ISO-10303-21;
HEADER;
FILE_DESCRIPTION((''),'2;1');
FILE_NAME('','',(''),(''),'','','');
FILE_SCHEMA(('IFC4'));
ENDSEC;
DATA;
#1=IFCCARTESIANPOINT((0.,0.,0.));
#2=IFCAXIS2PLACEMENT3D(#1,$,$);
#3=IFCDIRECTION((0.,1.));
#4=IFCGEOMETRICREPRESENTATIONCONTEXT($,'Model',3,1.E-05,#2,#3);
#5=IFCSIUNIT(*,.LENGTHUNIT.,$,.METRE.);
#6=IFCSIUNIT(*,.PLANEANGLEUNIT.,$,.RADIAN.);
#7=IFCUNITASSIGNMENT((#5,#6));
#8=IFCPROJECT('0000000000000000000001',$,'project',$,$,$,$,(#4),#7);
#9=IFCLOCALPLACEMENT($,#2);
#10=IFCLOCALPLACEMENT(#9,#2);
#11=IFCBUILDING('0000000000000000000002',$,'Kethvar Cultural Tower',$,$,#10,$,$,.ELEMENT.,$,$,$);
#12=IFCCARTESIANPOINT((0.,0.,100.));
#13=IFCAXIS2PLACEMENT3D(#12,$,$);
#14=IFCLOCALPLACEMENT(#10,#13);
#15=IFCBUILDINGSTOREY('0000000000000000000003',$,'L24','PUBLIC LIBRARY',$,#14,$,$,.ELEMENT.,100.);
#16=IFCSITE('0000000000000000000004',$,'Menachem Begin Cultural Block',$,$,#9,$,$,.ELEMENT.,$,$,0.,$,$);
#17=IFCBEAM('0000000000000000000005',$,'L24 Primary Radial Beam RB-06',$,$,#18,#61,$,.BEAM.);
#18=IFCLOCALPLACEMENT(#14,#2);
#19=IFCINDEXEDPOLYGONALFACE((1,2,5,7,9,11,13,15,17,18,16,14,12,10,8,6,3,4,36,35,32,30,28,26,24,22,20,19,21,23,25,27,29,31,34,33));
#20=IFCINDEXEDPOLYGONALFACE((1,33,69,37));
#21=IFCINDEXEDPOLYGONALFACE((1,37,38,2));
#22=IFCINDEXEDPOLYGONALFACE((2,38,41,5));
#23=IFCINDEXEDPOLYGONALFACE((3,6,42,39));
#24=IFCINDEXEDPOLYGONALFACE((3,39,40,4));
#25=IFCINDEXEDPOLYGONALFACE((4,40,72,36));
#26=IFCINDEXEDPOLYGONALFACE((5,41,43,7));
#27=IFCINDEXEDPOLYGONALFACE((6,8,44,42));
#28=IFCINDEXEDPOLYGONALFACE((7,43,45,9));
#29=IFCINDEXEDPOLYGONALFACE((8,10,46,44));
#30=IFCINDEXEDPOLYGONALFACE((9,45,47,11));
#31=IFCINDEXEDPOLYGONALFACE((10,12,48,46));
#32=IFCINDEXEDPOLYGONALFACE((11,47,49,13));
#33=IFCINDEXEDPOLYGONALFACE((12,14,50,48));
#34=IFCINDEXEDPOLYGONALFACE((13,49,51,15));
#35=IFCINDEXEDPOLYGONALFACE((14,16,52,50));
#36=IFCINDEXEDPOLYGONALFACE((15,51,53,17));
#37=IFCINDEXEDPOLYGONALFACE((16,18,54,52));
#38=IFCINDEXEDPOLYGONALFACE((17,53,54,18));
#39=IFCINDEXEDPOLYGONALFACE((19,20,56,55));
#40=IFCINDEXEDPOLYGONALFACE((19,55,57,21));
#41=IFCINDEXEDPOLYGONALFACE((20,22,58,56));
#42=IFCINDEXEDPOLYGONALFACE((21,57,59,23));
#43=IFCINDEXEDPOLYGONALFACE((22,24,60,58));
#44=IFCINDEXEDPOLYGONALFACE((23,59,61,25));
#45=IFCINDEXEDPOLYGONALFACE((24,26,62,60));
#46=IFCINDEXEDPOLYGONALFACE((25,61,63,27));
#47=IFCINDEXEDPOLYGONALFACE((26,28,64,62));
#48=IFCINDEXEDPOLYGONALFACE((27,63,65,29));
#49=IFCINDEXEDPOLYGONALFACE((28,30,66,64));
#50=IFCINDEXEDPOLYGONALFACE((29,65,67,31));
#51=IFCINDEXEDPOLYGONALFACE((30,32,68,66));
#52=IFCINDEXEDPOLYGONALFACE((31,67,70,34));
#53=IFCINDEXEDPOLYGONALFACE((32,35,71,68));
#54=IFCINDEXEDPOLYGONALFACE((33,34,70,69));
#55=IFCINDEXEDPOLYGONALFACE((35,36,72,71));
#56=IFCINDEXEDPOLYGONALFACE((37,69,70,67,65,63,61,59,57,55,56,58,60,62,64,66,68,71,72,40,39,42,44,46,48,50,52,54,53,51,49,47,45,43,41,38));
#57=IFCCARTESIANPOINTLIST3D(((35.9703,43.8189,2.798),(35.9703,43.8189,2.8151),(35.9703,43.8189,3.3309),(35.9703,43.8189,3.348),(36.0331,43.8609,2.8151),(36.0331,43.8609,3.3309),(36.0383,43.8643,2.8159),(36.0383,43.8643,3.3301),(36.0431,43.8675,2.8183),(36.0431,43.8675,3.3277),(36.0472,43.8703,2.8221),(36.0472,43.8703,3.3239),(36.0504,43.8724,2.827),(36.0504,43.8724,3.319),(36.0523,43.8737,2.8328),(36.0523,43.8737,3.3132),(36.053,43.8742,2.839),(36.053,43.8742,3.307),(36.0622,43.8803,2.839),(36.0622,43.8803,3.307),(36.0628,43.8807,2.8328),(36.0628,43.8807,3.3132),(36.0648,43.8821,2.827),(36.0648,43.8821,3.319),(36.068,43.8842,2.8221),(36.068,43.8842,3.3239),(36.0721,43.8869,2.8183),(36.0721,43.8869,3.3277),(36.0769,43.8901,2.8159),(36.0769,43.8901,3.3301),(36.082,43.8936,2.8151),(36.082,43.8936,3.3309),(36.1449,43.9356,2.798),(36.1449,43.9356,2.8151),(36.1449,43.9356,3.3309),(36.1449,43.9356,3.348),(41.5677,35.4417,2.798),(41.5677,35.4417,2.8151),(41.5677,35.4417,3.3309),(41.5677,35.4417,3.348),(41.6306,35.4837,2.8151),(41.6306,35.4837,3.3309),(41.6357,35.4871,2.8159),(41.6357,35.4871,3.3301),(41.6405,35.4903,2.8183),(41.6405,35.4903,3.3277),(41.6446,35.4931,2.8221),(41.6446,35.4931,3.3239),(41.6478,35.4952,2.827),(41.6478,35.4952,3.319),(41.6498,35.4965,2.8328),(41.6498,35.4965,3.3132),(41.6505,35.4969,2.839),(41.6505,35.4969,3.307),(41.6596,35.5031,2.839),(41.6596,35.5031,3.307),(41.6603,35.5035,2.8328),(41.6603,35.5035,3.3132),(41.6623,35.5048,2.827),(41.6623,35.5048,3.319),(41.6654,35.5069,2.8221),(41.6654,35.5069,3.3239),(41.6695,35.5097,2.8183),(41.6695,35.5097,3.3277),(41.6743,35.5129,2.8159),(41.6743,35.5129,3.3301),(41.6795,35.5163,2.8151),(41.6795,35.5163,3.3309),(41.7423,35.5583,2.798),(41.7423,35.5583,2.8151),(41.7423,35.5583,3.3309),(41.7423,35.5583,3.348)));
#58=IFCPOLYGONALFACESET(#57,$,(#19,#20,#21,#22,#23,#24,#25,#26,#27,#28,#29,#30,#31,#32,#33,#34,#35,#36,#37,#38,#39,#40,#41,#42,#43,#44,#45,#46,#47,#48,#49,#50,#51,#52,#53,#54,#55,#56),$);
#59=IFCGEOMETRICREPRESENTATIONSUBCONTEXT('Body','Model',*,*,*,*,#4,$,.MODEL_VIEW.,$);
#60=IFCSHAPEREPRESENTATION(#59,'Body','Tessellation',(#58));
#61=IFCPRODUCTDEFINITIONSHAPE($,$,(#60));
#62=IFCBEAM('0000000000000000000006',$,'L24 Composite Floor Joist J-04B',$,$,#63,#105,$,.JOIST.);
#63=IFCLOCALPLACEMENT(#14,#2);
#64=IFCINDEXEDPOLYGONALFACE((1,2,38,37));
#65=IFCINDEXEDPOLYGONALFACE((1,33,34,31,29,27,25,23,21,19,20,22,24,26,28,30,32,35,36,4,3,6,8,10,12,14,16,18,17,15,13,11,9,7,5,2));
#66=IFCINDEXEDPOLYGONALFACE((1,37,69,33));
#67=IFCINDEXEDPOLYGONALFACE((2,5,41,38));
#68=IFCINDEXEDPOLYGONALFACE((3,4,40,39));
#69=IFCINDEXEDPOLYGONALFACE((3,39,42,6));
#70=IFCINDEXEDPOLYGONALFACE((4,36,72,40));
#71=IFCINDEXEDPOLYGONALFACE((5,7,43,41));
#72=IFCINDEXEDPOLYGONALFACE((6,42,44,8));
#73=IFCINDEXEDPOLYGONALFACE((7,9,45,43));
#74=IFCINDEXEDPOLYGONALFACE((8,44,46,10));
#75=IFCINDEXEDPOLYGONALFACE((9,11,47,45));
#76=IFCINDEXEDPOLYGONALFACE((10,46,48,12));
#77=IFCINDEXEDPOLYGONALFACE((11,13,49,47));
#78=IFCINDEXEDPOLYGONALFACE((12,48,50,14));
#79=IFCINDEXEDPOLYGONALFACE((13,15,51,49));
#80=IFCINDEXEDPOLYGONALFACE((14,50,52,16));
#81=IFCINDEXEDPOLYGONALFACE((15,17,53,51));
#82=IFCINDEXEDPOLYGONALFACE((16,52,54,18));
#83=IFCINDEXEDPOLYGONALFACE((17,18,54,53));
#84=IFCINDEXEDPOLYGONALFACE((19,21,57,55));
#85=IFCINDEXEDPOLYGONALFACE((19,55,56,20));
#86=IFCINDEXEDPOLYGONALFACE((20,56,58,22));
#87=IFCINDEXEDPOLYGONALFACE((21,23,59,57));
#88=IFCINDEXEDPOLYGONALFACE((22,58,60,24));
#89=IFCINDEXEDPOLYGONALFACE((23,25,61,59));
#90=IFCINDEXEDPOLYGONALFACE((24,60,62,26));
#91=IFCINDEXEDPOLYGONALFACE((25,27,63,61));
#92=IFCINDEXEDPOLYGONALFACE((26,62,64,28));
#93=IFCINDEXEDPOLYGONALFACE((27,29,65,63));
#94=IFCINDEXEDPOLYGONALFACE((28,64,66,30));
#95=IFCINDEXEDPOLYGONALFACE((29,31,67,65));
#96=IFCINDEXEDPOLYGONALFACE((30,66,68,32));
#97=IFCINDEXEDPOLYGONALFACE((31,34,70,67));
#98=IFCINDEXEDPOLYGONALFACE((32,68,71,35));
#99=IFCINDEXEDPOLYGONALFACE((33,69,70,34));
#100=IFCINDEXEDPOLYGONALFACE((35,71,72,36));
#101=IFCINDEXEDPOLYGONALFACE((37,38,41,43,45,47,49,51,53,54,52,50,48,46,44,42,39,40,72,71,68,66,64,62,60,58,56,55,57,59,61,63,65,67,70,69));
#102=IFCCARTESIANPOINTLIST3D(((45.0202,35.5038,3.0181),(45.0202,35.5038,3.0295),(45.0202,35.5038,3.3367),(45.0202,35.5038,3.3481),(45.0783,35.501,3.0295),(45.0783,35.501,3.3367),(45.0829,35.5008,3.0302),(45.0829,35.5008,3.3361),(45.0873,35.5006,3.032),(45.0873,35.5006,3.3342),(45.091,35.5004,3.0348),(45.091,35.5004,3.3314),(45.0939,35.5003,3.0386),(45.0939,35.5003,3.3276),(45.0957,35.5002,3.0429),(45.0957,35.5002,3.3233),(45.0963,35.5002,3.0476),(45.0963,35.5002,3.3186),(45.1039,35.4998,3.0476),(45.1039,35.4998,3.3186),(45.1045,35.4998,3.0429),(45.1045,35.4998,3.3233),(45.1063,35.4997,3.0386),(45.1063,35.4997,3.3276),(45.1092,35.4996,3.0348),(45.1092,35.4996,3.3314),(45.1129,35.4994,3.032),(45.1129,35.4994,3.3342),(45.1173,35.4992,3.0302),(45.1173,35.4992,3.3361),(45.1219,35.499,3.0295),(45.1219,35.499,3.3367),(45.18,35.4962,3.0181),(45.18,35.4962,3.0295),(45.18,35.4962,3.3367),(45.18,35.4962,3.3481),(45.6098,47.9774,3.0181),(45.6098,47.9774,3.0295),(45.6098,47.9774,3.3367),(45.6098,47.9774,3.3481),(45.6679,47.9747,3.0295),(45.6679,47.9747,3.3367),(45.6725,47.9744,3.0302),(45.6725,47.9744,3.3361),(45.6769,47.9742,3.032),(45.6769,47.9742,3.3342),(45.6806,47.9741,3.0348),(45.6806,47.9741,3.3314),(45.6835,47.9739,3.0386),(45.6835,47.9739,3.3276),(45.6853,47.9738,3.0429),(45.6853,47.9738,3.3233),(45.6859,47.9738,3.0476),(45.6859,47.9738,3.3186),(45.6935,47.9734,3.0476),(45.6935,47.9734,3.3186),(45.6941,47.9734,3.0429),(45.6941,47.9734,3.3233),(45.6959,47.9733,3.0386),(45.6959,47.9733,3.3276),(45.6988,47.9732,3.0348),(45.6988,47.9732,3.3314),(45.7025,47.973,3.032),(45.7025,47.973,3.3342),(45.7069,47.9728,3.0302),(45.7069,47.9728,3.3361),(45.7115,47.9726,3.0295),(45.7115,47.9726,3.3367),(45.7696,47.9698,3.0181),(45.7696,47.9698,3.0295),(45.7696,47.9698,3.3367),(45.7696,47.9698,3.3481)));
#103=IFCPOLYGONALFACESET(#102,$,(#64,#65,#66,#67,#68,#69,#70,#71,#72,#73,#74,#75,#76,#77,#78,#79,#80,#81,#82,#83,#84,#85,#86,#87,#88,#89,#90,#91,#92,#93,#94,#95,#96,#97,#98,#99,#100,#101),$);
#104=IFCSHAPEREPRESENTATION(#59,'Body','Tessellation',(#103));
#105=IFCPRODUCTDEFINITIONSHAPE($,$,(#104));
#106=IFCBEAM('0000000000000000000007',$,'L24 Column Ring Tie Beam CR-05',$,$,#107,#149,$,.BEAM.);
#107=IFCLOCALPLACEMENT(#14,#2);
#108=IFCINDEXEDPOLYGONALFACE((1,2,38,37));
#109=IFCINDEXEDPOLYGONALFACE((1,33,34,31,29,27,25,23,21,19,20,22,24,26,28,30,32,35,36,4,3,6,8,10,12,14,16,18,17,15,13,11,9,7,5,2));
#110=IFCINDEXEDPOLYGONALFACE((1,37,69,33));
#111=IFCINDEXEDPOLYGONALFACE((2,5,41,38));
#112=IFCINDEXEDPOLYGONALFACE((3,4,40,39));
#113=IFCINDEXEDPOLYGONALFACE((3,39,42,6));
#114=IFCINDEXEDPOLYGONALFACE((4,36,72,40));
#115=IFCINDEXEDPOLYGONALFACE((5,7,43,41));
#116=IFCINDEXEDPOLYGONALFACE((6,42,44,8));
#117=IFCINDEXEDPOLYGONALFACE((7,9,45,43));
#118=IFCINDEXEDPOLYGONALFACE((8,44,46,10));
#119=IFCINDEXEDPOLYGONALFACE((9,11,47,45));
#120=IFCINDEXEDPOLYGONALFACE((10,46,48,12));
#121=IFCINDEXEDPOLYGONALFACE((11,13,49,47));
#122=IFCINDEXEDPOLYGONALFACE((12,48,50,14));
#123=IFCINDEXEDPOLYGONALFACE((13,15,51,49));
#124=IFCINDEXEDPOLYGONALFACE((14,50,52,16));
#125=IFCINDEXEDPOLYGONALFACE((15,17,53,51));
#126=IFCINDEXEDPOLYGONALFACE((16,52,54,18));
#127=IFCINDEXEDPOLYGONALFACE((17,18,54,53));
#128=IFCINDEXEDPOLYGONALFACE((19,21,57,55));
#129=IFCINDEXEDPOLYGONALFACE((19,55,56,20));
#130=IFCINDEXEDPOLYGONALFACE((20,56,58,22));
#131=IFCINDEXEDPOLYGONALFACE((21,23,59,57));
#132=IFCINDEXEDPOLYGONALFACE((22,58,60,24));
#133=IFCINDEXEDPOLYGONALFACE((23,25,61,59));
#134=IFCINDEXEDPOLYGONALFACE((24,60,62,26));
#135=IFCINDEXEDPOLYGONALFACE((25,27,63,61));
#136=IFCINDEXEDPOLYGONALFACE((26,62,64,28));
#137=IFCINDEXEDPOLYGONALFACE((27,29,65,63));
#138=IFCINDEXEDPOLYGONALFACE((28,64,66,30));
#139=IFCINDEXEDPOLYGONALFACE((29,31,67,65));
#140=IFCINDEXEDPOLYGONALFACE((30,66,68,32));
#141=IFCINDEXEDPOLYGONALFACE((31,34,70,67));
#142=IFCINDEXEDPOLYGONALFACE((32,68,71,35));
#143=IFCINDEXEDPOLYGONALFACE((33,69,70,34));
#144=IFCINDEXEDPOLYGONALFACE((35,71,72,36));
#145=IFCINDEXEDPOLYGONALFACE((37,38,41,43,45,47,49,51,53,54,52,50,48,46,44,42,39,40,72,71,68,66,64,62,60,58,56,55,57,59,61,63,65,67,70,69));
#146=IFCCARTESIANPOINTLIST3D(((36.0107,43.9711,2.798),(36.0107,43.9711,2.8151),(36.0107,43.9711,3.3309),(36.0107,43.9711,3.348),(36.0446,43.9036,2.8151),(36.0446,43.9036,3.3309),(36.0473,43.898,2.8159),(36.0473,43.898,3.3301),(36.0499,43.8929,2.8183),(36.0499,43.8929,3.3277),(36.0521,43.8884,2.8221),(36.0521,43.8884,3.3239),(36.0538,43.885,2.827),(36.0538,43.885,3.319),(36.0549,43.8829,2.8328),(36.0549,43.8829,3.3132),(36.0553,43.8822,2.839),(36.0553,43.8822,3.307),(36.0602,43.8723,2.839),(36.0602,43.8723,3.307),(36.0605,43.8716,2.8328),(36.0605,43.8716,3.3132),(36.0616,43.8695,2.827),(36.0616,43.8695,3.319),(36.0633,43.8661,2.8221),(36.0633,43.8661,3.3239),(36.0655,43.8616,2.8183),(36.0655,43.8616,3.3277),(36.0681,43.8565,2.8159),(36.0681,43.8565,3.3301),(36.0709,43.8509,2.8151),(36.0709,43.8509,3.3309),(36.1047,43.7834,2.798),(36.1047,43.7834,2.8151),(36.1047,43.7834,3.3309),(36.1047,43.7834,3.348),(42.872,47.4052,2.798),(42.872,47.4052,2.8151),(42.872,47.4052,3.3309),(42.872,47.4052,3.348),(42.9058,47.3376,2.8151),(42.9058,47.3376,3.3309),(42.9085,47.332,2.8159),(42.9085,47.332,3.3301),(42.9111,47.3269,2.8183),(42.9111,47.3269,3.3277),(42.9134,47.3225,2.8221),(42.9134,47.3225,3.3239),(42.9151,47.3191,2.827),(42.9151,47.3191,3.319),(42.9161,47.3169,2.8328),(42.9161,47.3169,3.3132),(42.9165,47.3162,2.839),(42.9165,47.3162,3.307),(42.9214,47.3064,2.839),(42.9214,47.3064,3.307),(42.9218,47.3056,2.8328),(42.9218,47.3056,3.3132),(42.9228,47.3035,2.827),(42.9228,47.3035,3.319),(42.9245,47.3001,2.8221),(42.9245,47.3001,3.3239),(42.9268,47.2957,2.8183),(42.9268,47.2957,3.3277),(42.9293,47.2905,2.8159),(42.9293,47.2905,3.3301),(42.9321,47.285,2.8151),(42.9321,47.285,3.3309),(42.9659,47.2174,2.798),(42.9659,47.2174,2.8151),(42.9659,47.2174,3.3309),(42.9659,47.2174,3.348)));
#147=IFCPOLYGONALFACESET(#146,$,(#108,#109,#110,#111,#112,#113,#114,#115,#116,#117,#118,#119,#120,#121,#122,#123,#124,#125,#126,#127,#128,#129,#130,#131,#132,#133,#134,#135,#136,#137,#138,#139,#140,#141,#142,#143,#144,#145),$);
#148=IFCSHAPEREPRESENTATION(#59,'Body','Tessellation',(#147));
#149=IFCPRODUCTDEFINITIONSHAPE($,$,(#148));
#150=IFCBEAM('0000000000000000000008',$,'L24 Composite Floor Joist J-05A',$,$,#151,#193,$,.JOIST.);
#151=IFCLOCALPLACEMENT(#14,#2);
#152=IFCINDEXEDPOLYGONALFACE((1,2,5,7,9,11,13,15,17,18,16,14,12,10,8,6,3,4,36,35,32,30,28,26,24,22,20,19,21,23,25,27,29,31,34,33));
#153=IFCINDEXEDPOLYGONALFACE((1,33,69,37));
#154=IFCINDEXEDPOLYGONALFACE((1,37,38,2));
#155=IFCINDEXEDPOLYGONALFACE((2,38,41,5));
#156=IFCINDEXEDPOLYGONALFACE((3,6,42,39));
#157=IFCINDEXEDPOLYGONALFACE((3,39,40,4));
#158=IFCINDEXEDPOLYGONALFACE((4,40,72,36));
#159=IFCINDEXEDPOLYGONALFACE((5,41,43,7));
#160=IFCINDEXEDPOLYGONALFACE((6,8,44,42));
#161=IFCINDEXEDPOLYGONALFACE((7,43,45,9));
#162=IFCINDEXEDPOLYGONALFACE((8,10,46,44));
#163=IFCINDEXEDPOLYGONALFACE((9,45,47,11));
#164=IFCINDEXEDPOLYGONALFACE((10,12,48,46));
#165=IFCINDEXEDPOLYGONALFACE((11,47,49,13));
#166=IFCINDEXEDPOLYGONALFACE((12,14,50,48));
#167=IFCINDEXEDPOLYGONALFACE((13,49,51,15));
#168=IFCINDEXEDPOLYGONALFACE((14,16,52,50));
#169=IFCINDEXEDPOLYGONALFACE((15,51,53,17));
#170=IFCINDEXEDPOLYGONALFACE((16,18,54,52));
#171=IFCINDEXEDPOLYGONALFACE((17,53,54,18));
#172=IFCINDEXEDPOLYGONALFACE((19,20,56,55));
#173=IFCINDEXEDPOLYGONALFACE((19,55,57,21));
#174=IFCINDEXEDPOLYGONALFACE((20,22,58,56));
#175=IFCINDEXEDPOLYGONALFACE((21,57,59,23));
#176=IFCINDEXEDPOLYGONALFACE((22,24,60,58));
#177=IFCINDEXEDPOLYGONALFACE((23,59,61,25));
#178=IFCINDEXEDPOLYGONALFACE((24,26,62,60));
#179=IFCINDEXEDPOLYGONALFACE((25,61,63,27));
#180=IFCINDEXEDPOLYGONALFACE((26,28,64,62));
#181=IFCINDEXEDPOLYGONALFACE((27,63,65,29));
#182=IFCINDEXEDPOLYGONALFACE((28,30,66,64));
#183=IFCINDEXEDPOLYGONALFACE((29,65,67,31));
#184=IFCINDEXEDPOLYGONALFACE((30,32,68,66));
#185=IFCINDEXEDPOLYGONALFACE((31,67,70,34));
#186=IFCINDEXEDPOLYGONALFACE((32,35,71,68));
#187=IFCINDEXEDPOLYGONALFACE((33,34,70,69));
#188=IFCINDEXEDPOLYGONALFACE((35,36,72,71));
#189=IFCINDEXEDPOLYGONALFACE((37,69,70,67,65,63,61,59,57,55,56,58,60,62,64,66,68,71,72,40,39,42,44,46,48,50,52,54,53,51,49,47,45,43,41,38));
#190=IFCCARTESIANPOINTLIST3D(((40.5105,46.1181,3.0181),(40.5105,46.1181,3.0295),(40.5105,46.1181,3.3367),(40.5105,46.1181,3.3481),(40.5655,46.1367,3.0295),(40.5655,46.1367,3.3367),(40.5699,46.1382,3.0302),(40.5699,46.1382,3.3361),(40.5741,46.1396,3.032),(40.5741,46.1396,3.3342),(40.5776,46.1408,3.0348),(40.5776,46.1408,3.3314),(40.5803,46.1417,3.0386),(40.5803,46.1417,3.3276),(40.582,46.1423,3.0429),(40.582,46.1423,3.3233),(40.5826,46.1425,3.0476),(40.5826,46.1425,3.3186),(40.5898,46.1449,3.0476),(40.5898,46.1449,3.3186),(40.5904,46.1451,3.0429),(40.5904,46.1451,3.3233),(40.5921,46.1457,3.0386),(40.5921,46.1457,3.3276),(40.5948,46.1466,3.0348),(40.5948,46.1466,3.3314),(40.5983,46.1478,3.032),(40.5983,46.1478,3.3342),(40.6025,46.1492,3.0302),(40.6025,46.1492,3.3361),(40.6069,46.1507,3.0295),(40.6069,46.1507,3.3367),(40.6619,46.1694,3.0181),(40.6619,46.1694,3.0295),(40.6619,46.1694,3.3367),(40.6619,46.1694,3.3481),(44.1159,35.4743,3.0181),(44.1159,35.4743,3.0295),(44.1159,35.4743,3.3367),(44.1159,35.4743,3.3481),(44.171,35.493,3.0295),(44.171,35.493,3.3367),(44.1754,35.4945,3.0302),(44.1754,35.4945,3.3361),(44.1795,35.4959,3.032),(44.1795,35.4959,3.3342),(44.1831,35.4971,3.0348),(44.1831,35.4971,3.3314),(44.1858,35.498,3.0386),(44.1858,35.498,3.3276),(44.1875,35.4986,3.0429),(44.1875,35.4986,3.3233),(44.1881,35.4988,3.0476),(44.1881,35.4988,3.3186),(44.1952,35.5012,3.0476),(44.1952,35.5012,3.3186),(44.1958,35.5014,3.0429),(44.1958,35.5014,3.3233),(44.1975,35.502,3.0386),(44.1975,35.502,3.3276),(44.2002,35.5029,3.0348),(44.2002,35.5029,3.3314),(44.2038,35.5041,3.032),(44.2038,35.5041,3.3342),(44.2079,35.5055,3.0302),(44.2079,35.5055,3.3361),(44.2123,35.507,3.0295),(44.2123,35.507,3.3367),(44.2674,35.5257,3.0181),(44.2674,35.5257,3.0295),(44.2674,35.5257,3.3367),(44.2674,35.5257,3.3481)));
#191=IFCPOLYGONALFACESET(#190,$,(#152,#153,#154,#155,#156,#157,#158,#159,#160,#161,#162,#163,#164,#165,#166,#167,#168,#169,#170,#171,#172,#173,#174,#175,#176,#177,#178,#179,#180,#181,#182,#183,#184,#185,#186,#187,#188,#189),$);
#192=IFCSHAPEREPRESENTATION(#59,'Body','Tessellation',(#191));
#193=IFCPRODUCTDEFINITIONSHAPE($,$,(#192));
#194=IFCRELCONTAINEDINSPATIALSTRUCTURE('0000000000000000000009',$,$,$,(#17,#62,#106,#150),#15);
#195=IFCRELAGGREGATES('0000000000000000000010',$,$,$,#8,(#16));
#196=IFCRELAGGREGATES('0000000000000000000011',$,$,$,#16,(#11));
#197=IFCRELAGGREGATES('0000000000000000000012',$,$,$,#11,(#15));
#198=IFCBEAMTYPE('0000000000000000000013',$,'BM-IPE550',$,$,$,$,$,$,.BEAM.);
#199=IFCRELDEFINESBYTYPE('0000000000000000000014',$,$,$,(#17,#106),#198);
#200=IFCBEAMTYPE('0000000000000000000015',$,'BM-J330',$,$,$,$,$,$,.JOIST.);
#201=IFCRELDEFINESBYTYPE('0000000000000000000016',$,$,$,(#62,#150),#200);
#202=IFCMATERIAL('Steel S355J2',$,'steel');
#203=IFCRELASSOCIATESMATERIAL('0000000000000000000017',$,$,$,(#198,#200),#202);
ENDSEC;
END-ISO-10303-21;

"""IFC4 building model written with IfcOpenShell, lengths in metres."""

from ifc_helpers import new_model, si_unit, direction, frame, origin, origin_2d, place, context, subcontext, project, spatial, i_section, extrude, source, transform, mapped, material, material_profile, profile_set, type_object, element, save


model = new_model("IFC4")

# Units and contexts
model_context = context("Model", 3, precision=1e-05, world=origin(), true_north=direction((0.0, 1.0)))
body_context = subcontext(model_context, "Body", "Model", "MODEL_VIEW")
ifc_project = project(units=[si_unit("LENGTHUNIT", "METRE"), si_unit("PLANEANGLEUNIT", "RADIAN")], contexts=[model_context])

# Site, building, storey
site_placement = place(None, origin())
site = spatial("IfcSite", under=ifc_project, at=site_placement, Name="Menachem Begin Cultural Block", CompositionType="ELEMENT", RefElevation=0.0)
building_placement = place(site_placement, origin())
building = spatial("IfcBuilding", under=site, at=building_placement, Name="Kethvar Cultural Tower", CompositionType="ELEMENT")
storey_placement = place(building_placement, frame((0.0, 0.0, 100.0)))
storey = spatial("IfcBuildingStorey", under=building, at=storey_placement, Name="L24", Description="PUBLIC LIBRARY", CompositionType="ELEMENT", Elevation=100.0)

# Beams
ifc_material_1 = material(Name="Steel S355J2", Category="steel")
ifc_material_profile_1 = material_profile(ifc_material_1, i_section(OverallWidth=0.21, OverallDepth=0.55, WebThickness=0.011, FlangeThickness=0.0171, FilletRadius=0.0239, at=origin_2d()), Name="Steel S355J2 — IPE550")
ifc_profile_set_1 = profile_set([ifc_material_profile_1], Name="Steel S355J2 — IPE550")
beam_type_1 = type_object("IfcBeamType", Name="BM-IPE550", PredefinedType="BEAM", material=ifc_profile_set_1)
shared_shape_1 = source(origin(), body_context, "Body", "SweptSolid", [
    extrude(i_section(OverallWidth=0.21, OverallDepth=0.55, WebThickness=0.011, FlangeThickness=0.0171, FilletRadius=0.0239, at=origin_2d()), origin(), (0.0, 0.0, 1.0), 10.0752),
])
beam_1_placement = place(storey_placement, frame((41.655, 35.5, 3.073), z_axis=(-0.555567, 0.831472, 0.0), x_axis=(-0.831472, -0.555567, 0.0)))
element("IfcBeam", 1, at=beam_1_placement, inside=storey, type_object=beam_type_1, Name="L24 Primary Radial Beam RB-06", PredefinedType="BEAM", context=body_context, shape_type="MappedRepresentation", body=[
    mapped(shared_shape_1, transform((0.0, 0.0, 0.0), scale=1.0)),
])
ifc_material_profile_2 = material_profile(ifc_material_1, i_section(OverallWidth=0.1599, OverallDepth=0.3301, WebThickness=0.0076, FlangeThickness=0.0115, FilletRadius=0.0181, at=origin_2d()), Name="Steel S355J2 — IPE330")
ifc_profile_set_2 = profile_set([ifc_material_profile_2], Name="Steel S355J2 — IPE330")
beam_type_2 = type_object("IfcBeamType", Name="BM-J330", PredefinedType="JOIST", material=ifc_profile_set_2)
shared_shape_2 = source(origin(), body_context, "Body", "SweptSolid", [
    extrude(i_section(OverallWidth=0.1599, OverallDepth=0.3301, WebThickness=0.0076, FlangeThickness=0.0115, FilletRadius=0.0181, at=origin_2d()), origin(), (0.0, 0.0, 1.0), 12.4875),
])
beam_2_placement = place(storey_placement, frame((45.1001, 35.5, 3.1831), z_axis=(0.047215, 0.998885, 0.0), x_axis=(-0.998885, 0.047215, 0.0)))
element("IfcBeam", 2, at=beam_2_placement, inside=storey, type_object=beam_type_2, Name="L24 Composite Floor Joist J-04B", PredefinedType="JOIST", context=body_context, shape_type="MappedRepresentation", body=[
    mapped(shared_shape_2, transform((0.0, 0.0, 0.0), scale=1.0)),
])
shared_shape_3 = source(origin(), body_context, "Body", "SweptSolid", [
    extrude(i_section(OverallWidth=0.21, OverallDepth=0.55, WebThickness=0.011, FlangeThickness=0.0171, FilletRadius=0.0239, at=origin_2d()), origin(), (0.0, 0.0, 1.0), 7.6726),
])
beam_3_placement = place(storey_placement, frame((42.9189, 47.3113, 3.073), z_axis=(-0.894249, -0.44757, 0.0), x_axis=(0.44757, -0.894249, 0.0)))
element("IfcBeam", 3, at=beam_3_placement, inside=storey, type_object=beam_type_1, Name="L24 Column Ring Tie Beam CR-05", PredefinedType="BEAM", context=body_context, shape_type="MappedRepresentation", body=[
    mapped(shared_shape_3, transform((0.0, 0.0, 0.0), scale=1.0)),
])
shared_shape_4 = source(origin(), body_context, "Body", "SweptSolid", [
    extrude(i_section(OverallWidth=0.1599, OverallDepth=0.3301, WebThickness=0.0076, FlangeThickness=0.0115, FilletRadius=0.0181, at=origin_2d()), origin(), (0.0, 0.0, 1.0), 11.2378),
])
beam_4_placement = place(storey_placement, frame((44.1917, 35.5, 3.1831), z_axis=(-0.320832, 0.947136, 0.0), x_axis=(-0.947136, -0.320832, 0.0)))
element("IfcBeam", 4, at=beam_4_placement, inside=storey, type_object=beam_type_2, Name="L24 Composite Floor Joist J-05A", PredefinedType="JOIST", context=body_context, shape_type="MappedRepresentation", body=[
    mapped(shared_shape_4, transform((0.0, 0.0, 0.0), scale=1.0)),
])

save(model, "model.ifc")
